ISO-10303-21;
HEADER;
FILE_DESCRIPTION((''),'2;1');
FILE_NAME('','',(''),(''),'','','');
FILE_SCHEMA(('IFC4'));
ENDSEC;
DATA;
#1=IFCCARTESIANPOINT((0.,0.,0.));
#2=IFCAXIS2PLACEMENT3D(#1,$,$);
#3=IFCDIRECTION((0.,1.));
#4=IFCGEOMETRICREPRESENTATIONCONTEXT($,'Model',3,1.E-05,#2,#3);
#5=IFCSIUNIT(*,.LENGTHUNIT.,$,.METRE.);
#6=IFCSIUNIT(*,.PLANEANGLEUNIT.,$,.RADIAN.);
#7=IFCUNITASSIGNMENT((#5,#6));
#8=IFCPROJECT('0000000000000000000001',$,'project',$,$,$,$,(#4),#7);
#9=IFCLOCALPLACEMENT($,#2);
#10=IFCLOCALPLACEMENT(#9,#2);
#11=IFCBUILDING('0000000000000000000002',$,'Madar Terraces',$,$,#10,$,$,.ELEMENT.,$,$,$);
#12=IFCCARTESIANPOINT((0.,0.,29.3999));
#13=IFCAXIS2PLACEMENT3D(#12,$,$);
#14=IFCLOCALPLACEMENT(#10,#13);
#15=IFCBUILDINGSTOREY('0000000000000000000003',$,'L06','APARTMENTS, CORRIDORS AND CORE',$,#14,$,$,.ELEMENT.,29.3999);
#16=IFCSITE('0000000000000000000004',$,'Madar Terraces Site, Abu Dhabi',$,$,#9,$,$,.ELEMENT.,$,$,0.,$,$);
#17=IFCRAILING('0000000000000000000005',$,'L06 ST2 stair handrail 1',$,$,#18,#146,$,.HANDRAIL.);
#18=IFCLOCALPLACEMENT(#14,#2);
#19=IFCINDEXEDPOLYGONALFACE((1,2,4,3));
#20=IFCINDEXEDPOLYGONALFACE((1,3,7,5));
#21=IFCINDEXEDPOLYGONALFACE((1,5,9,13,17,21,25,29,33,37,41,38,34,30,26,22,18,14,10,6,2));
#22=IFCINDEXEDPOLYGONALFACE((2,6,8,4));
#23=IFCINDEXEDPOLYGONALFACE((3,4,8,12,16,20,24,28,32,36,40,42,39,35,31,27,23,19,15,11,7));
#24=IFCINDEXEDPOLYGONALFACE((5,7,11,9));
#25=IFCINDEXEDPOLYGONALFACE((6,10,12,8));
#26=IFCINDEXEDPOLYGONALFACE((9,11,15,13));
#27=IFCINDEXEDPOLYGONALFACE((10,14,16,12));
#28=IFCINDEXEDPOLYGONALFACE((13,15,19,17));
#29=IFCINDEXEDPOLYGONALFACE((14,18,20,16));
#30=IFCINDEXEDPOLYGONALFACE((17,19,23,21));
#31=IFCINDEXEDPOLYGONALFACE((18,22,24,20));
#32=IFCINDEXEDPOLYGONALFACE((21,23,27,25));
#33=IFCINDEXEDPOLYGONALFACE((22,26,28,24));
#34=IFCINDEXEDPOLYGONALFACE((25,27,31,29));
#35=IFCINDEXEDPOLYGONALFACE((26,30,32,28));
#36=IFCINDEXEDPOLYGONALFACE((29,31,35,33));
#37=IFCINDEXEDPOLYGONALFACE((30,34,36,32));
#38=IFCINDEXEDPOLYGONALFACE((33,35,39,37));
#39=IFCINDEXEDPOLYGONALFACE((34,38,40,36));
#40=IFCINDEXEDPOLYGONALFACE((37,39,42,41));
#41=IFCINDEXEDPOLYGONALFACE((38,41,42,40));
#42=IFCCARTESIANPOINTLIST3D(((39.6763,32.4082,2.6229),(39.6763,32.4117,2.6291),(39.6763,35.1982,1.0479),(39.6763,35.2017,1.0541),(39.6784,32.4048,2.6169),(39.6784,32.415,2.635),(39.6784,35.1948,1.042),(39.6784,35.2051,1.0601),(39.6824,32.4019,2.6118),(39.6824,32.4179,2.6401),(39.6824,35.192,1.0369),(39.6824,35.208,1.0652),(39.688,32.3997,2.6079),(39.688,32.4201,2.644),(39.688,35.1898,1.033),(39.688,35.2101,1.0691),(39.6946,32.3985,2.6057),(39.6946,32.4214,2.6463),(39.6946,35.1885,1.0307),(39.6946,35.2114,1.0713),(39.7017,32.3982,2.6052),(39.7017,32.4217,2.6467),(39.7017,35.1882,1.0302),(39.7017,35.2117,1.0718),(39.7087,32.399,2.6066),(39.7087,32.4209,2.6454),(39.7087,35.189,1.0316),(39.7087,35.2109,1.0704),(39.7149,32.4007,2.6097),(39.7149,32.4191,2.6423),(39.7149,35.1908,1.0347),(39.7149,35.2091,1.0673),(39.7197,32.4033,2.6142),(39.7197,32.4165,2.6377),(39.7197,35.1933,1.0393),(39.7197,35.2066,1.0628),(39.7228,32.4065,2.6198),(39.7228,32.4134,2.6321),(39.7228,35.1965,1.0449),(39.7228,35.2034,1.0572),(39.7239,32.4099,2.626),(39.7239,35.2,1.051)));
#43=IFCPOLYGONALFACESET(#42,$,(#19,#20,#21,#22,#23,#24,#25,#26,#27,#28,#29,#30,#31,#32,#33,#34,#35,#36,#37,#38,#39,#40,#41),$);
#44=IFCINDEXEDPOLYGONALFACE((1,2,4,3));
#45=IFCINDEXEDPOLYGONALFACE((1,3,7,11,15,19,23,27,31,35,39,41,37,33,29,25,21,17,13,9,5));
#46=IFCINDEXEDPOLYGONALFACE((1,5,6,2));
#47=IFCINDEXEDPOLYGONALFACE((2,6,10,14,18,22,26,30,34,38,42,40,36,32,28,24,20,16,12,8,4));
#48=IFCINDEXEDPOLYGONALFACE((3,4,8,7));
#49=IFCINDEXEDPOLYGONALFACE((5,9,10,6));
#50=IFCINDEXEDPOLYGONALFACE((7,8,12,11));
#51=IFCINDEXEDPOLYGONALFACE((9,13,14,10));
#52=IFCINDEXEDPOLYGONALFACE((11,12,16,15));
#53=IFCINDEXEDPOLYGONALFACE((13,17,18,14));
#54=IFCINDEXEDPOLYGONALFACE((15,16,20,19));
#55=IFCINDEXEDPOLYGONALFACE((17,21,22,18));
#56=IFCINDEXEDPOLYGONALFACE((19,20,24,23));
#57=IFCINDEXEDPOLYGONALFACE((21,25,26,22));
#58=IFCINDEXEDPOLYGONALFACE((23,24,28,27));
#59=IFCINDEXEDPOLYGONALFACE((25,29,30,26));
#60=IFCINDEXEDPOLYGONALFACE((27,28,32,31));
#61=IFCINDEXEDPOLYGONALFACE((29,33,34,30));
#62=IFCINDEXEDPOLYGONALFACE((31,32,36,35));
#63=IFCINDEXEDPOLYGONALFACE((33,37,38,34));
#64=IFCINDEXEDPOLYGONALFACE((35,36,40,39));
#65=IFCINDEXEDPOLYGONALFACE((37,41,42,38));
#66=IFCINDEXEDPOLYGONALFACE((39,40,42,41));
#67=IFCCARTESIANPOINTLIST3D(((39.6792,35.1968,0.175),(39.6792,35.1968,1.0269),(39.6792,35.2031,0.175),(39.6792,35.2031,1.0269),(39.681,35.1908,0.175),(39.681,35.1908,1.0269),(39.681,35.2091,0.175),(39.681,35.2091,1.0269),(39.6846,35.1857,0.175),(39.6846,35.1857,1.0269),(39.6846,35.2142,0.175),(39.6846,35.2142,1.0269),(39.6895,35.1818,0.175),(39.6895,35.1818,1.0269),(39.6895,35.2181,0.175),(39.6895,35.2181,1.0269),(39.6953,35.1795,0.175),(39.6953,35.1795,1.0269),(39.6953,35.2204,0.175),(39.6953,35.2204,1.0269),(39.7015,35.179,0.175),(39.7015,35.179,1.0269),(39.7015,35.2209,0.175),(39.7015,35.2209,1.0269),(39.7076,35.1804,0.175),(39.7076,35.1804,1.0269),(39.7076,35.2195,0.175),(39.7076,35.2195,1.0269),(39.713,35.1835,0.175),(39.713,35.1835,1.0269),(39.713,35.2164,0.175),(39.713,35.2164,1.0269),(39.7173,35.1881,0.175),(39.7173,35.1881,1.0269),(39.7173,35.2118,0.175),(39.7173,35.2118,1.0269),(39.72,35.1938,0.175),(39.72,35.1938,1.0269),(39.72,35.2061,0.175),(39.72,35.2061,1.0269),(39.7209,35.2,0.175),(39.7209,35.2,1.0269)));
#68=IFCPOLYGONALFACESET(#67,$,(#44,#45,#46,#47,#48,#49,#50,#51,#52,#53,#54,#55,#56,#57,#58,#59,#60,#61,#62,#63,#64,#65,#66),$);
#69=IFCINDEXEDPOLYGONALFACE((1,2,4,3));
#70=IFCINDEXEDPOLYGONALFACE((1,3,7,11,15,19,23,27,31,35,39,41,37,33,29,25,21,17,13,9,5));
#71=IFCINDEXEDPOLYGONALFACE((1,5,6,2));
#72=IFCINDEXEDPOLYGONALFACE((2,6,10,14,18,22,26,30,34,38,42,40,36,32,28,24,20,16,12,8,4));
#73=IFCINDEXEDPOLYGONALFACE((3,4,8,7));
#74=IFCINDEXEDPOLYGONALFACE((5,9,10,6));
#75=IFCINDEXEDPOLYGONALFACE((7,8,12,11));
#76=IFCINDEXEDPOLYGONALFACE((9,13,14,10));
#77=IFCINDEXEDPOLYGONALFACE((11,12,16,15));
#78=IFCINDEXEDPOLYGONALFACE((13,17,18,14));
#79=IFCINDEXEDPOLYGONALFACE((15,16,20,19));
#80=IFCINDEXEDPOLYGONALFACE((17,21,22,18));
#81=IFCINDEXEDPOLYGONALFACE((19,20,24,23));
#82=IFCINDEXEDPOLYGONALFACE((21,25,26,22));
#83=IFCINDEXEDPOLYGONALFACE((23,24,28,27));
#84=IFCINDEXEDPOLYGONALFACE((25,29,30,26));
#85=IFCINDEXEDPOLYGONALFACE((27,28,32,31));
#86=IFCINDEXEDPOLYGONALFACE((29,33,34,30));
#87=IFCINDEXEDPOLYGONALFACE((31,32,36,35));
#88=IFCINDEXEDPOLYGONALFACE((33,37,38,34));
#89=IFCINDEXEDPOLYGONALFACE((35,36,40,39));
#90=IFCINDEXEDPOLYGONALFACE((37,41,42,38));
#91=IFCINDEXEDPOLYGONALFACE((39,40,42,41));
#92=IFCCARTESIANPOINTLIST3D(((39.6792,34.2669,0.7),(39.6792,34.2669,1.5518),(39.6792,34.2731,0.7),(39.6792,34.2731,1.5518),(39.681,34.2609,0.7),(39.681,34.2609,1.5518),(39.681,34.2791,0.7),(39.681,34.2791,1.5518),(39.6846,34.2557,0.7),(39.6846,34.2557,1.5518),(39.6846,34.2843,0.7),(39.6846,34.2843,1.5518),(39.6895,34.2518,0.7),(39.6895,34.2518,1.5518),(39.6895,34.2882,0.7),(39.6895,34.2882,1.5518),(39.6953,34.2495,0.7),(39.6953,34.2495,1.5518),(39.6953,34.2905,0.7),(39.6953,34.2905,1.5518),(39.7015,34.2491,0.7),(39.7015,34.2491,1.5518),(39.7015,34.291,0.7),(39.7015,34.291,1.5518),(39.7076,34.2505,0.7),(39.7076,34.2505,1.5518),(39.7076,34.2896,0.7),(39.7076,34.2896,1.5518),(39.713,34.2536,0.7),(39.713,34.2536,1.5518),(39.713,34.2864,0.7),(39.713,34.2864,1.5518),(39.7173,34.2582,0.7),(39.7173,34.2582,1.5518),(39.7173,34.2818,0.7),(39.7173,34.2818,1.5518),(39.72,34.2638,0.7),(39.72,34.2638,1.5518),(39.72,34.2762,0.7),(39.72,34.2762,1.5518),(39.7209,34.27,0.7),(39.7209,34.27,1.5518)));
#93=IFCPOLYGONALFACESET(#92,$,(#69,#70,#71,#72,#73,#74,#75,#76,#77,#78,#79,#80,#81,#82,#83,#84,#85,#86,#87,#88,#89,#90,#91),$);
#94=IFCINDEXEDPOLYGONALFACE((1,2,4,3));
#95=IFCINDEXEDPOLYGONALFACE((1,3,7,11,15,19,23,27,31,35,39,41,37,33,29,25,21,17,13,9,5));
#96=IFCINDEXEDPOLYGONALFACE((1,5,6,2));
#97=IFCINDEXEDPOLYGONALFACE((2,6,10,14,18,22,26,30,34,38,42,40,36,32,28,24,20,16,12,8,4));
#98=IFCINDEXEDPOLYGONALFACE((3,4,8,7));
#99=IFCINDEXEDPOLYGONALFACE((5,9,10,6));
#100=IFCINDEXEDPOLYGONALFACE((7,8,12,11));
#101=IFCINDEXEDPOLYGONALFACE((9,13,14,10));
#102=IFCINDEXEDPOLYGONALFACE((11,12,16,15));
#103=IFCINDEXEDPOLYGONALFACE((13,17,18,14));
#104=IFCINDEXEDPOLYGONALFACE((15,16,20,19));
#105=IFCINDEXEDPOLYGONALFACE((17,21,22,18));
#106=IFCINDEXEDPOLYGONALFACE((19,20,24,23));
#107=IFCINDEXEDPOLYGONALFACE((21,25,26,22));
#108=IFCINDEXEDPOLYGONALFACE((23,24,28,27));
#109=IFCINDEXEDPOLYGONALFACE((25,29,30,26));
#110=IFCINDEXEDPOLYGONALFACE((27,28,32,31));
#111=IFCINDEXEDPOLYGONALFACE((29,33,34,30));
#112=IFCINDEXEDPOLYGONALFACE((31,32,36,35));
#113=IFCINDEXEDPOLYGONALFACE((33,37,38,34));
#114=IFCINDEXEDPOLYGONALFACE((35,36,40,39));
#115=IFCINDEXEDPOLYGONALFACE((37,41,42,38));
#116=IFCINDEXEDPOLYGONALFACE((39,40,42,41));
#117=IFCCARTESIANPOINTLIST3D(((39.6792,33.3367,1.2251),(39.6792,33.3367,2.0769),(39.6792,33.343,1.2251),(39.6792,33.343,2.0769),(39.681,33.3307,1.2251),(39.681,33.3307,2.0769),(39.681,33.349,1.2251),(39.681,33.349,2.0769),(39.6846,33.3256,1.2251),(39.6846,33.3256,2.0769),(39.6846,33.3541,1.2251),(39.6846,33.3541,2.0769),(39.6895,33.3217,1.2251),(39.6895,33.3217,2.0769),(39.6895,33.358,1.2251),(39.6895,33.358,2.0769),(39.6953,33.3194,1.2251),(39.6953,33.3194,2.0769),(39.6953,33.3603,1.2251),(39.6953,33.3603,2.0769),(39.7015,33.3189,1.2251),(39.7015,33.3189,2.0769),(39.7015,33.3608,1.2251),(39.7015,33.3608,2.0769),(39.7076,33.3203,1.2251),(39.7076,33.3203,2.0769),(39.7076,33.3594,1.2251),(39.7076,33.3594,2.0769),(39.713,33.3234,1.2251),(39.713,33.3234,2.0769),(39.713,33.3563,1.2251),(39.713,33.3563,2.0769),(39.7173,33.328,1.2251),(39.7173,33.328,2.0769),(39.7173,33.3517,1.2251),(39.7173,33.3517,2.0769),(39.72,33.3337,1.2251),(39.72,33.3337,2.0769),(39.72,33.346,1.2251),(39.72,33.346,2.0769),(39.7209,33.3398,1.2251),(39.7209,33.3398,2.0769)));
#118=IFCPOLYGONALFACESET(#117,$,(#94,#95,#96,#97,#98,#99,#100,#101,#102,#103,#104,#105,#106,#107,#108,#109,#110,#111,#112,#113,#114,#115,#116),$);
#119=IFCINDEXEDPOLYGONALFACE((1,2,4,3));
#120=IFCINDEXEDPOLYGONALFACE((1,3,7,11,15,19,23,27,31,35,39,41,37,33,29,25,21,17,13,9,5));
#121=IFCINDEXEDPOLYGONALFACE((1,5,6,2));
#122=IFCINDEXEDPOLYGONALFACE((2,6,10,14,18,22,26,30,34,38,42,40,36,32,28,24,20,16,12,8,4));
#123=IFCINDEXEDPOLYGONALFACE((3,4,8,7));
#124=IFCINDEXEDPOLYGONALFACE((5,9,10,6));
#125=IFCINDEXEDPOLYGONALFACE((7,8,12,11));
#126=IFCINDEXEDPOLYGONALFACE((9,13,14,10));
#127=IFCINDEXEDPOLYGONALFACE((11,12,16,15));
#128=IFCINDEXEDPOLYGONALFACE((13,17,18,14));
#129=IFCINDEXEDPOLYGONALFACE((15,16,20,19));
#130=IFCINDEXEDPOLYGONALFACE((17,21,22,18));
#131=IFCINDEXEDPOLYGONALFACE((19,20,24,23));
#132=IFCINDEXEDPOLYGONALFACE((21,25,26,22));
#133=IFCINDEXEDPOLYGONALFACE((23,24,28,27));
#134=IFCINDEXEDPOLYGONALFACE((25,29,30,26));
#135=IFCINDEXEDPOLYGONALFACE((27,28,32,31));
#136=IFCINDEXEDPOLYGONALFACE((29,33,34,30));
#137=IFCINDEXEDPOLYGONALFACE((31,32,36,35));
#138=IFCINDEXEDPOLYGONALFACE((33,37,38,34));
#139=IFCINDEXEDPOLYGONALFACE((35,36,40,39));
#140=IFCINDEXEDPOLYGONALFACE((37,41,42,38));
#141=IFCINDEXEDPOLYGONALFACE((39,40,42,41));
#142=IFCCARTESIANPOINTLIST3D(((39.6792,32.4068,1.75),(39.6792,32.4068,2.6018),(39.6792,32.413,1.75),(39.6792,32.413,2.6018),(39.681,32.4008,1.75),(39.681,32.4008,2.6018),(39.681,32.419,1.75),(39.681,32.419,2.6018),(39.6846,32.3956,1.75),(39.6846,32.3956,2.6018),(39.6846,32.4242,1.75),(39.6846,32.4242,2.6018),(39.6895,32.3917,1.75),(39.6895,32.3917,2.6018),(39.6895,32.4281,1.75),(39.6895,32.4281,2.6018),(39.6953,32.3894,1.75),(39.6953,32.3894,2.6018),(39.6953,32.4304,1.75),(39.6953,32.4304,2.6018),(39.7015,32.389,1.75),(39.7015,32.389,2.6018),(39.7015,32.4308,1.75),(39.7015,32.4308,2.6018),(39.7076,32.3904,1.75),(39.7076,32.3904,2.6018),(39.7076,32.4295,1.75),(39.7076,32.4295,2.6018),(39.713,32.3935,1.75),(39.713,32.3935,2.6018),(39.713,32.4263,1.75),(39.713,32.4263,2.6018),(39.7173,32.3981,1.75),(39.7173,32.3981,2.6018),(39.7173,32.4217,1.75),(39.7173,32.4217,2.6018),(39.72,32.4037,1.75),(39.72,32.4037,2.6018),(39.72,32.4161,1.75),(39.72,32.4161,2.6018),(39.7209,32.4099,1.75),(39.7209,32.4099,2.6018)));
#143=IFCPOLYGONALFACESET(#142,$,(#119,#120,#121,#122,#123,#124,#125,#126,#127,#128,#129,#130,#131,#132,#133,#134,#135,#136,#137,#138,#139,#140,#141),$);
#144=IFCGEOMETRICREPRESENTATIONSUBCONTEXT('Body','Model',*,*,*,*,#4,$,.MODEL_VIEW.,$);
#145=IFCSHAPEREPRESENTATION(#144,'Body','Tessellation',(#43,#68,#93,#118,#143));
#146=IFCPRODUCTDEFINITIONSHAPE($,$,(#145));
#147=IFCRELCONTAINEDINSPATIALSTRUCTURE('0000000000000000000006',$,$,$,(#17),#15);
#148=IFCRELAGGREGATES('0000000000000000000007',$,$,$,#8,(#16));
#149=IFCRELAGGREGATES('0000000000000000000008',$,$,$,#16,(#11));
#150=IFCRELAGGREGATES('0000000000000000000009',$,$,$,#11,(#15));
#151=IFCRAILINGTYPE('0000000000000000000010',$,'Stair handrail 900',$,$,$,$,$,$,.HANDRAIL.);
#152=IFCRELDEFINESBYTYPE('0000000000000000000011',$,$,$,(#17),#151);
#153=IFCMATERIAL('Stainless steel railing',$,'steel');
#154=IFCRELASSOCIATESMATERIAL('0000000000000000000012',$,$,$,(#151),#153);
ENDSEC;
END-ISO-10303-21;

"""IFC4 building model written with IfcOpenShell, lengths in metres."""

from ifc_helpers import new_model, si_unit, direction, frame, origin, origin_2d, place, context, subcontext, project, spatial, circle, extrude, material, type_object, element, save


model = new_model("IFC4")

# Units and contexts
model_context = context("Model", 3, precision=1e-05, world=origin(), true_north=direction((0.0, 1.0)))
body_context = subcontext(model_context, "Body", "Model", "MODEL_VIEW")
ifc_project = project(units=[si_unit("LENGTHUNIT", "METRE"), si_unit("PLANEANGLEUNIT", "RADIAN")], contexts=[model_context])

# Site, building, storey
site_placement = place(None, origin())
site = spatial("IfcSite", under=ifc_project, at=site_placement, Name="Madar Terraces Site, Abu Dhabi", CompositionType="ELEMENT", RefElevation=0.0)
building_placement = place(site_placement, origin())
building = spatial("IfcBuilding", under=site, at=building_placement, Name="Madar Terraces", CompositionType="ELEMENT")
storey_placement = place(building_placement, frame((0.0, 0.0, 29.3999)))
storey = spatial("IfcBuildingStorey", under=building, at=storey_placement, Name="L06", Description="APARTMENTS, CORRIDORS AND CORE", CompositionType="ELEMENT", Elevation=29.3999)

# Railing
ifc_material_1 = material(Name="Stainless steel railing", Category="steel")
railing_type_1 = type_object("IfcRailingType", Name="Stair handrail 900", PredefinedType="HANDRAIL", material=ifc_material_1)
railing_1_placement = place(storey_placement, frame((39.7, 35.2, 0.175)))
element("IfcRailing", 1, at=railing_1_placement, inside=storey, type_object=railing_type_1, Name="L06 ST2 stair handrail 1", PredefinedType="HANDRAIL", context=body_context, shape_type="SweptSolid", body=[
    extrude(circle(Radius=0.0239, at=origin_2d()), frame((0.0, 0.0, 0.876), z_axis=(0.0, -0.870834, 0.491578), x_axis=(1.0, 0.0, 0.0)), (0.0, 0.0, 1.0), 3.2039),
    extrude(circle(Radius=0.021, at=origin_2d()), origin(), (0.0, 0.0, 1.0), 0.8518),
    extrude(circle(Radius=0.021, at=origin_2d()), frame((0.0, -0.9299, 0.5249)), (0.0, 0.0, 1.0), 0.8518),
    extrude(circle(Radius=0.021, at=origin_2d()), frame((0.0, -1.8601, 1.05)), (0.0, 0.0, 1.0), 0.8518),
    extrude(circle(Radius=0.021, at=origin_2d()), frame((0.0, -2.79, 1.575)), (0.0, 0.0, 1.0), 0.8518),
])

save(model, "model.ifc")
